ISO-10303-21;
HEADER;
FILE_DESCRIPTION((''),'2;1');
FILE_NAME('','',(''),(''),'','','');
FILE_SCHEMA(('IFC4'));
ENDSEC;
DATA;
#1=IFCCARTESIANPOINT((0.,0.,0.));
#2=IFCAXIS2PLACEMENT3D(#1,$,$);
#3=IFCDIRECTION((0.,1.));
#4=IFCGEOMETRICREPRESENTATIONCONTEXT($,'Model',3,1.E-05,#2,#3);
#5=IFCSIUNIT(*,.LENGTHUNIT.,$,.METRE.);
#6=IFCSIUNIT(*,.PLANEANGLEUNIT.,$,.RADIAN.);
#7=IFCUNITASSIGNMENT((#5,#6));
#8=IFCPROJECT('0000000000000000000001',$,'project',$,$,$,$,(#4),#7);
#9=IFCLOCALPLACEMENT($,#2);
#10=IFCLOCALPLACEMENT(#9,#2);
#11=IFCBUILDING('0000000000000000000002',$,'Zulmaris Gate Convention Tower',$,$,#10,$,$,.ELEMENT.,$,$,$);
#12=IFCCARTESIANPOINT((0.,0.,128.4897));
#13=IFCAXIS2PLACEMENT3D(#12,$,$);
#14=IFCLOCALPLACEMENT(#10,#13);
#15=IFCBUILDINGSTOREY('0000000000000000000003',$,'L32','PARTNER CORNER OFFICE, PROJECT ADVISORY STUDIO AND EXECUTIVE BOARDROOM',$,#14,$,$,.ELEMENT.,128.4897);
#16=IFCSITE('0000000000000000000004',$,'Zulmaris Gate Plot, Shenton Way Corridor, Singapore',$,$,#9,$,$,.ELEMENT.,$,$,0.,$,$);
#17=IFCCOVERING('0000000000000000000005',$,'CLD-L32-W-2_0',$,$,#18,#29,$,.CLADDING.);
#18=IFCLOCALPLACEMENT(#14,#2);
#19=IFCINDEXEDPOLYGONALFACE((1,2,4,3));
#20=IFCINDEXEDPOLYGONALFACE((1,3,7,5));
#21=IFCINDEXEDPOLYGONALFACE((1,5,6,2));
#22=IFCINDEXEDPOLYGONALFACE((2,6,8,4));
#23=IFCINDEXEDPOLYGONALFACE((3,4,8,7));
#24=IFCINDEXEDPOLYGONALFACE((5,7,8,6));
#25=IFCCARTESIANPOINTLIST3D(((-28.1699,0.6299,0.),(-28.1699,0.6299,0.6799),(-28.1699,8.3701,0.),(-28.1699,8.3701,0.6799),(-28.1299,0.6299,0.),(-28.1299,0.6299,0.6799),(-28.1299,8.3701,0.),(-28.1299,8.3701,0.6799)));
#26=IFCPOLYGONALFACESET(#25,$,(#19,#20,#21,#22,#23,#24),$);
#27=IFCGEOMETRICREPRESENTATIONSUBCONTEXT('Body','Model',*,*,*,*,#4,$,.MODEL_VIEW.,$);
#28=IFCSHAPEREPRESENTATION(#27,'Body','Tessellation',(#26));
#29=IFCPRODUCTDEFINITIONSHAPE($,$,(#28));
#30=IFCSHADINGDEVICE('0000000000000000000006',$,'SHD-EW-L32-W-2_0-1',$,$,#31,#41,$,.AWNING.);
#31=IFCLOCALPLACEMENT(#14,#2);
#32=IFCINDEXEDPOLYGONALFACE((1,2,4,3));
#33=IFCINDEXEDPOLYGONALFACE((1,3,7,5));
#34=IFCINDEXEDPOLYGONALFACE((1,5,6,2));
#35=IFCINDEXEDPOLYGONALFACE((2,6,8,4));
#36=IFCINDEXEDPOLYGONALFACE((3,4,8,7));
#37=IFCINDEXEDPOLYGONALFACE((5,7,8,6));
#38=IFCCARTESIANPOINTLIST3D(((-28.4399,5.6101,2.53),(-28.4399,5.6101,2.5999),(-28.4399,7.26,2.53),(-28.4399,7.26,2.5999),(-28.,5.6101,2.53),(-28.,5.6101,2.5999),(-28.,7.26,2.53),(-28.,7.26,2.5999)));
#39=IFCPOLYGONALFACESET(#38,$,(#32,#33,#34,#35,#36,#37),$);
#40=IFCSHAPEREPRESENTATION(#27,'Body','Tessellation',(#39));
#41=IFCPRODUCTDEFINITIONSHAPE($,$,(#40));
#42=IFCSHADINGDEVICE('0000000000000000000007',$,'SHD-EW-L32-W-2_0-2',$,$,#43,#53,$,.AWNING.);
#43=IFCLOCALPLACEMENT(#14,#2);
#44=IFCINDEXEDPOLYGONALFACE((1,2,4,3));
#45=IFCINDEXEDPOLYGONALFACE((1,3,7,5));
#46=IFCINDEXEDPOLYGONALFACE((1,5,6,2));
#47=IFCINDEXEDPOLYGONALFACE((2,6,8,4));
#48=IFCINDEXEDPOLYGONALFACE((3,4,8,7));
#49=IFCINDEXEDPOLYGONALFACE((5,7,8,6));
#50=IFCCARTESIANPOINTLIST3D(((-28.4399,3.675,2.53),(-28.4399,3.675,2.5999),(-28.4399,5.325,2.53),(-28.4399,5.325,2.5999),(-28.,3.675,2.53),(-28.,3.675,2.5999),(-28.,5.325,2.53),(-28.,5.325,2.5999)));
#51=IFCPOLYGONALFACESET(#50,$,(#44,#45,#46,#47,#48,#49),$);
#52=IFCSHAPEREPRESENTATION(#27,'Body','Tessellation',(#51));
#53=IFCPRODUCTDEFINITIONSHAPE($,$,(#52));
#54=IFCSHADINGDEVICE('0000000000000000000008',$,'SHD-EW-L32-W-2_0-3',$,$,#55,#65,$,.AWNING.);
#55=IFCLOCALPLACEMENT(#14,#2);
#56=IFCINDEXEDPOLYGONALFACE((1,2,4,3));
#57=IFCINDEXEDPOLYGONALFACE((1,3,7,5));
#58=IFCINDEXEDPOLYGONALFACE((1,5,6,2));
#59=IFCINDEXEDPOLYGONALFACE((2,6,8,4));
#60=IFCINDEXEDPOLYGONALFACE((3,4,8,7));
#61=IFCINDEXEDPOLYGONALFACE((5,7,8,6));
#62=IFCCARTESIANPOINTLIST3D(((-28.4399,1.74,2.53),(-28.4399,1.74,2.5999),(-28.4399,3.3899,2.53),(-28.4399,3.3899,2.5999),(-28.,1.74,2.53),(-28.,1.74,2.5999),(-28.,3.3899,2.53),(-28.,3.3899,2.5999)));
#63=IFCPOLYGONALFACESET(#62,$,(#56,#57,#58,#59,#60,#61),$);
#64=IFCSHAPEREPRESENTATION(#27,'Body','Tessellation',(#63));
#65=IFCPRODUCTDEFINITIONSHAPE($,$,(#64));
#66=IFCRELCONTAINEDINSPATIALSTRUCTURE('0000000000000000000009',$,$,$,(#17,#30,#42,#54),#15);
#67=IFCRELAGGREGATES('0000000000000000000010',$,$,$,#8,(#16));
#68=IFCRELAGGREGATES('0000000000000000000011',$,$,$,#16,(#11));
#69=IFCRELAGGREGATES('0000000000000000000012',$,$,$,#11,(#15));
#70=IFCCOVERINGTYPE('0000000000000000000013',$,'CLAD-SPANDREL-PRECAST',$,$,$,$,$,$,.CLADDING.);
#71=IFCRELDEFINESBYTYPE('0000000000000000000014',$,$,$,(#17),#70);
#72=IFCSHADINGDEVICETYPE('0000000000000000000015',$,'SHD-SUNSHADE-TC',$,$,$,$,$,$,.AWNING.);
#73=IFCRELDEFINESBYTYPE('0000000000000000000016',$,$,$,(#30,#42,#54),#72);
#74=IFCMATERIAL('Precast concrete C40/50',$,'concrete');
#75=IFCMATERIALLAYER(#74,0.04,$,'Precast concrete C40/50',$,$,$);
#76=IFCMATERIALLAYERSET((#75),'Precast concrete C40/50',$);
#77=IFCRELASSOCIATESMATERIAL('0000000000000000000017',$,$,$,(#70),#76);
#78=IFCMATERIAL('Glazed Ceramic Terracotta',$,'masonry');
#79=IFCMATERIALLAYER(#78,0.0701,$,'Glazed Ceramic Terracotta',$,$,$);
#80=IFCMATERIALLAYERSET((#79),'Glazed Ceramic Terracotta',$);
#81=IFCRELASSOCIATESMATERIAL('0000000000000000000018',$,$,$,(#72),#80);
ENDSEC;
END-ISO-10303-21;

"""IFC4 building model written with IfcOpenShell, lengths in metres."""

from ifc_helpers import new_model, si_unit, direction, frame, frame_2d, origin, place, context, subcontext, project, spatial, rectangle, extrude, material, layer, layer_set, type_object, element, save


model = new_model("IFC4")

# Units and contexts
model_context = context("Model", 3, precision=1e-05, world=origin(), true_north=direction((0.0, 1.0)))
body_context = subcontext(model_context, "Body", "Model", "MODEL_VIEW")
ifc_project = project(units=[si_unit("LENGTHUNIT", "METRE"), si_unit("PLANEANGLEUNIT", "RADIAN")], contexts=[model_context])

# Site, building, storey
site_placement = place(None, origin())
site = spatial("IfcSite", under=ifc_project, at=site_placement, Name="Zulmaris Gate Plot, Shenton Way Corridor, Singapore", CompositionType="ELEMENT", RefElevation=0.0)
building_placement = place(site_placement, origin())
building = spatial("IfcBuilding", under=site, at=building_placement, Name="Zulmaris Gate Convention Tower", CompositionType="ELEMENT")
storey_placement = place(building_placement, frame((0.0, 0.0, 128.4897)))
storey = spatial("IfcBuildingStorey", under=building, at=storey_placement, Name="L32", Description="PARTNER CORNER OFFICE, PROJECT ADVISORY STUDIO AND EXECUTIVE BOARDROOM", CompositionType="ELEMENT", Elevation=128.4897)

# Shared definitions
ifc_material_1 = material(Name="Precast concrete C40/50", Category="concrete")

# Covering
ifc_layer_1 = layer(ifc_material_1, 0.04, Name="Precast concrete C40/50")
ifc_layer_set_1 = layer_set([ifc_layer_1], Name="Precast concrete C40/50")
covering_type = type_object("IfcCoveringType", Name="CLAD-SPANDREL-PRECAST", PredefinedType="CLADDING", material=ifc_layer_set_1)
covering_placement = place(storey_placement, frame((-28.1499, 8.3701, 0.0), z_axis=(0.0, 0.0, 1.0), x_axis=(0.0, -1.0, 0.0)))
element("IfcCovering", 1, at=covering_placement, inside=storey, type_object=covering_type, Name="CLD-L32-W-2_0", PredefinedType="CLADDING", context=body_context, shape_type="SweptSolid", body=[
    extrude(rectangle(XDim=7.7402, YDim=0.04, at=frame_2d((3.8701, 0.0))), origin(), (0.0, 0.0, 1.0), 0.6799),
])

# Shading devices
ifc_material_2 = material(Name="Glazed Ceramic Terracotta", Category="masonry")
ifc_layer_2 = layer(ifc_material_2, 0.0701, Name="Glazed Ceramic Terracotta")
ifc_layer_set_2 = layer_set([ifc_layer_2], Name="Glazed Ceramic Terracotta")
shading_device_type = type_object("IfcShadingDeviceType", Name="SHD-SUNSHADE-TC", PredefinedType="AWNING", material=ifc_layer_set_2)
for number, where, z_axis, x_axis, name in (
    (2, (-28.22, 7.26, 2.53), (0.0, 0.0, 1.0), (0.0, -1.0, 0.0), "SHD-EW-L32-W-2_0-1"),
    (3, (-28.22, 5.325, 2.53), (0.0, 0.0, 1.0), (0.0, -1.0, 0.0), "SHD-EW-L32-W-2_0-2"),
    (4, (-28.22, 3.3899, 2.53), (0.0, 0.0, 1.0), (0.0, -1.0, 0.0), "SHD-EW-L32-W-2_0-3"),
):
    element("IfcShadingDevice", number, at=place(storey_placement, frame(where, z_axis=z_axis, x_axis=x_axis)), inside=storey, type_object=shading_device_type, Name=name, PredefinedType="AWNING", context=body_context, shape_type="SweptSolid", body=[
        extrude(rectangle(XDim=1.6499, YDim=0.4399, at=frame_2d((0.825, 0.0))), origin(), (0.0, 0.0, 1.0), 0.0698),
    ])

save(model, "model.ifc")
